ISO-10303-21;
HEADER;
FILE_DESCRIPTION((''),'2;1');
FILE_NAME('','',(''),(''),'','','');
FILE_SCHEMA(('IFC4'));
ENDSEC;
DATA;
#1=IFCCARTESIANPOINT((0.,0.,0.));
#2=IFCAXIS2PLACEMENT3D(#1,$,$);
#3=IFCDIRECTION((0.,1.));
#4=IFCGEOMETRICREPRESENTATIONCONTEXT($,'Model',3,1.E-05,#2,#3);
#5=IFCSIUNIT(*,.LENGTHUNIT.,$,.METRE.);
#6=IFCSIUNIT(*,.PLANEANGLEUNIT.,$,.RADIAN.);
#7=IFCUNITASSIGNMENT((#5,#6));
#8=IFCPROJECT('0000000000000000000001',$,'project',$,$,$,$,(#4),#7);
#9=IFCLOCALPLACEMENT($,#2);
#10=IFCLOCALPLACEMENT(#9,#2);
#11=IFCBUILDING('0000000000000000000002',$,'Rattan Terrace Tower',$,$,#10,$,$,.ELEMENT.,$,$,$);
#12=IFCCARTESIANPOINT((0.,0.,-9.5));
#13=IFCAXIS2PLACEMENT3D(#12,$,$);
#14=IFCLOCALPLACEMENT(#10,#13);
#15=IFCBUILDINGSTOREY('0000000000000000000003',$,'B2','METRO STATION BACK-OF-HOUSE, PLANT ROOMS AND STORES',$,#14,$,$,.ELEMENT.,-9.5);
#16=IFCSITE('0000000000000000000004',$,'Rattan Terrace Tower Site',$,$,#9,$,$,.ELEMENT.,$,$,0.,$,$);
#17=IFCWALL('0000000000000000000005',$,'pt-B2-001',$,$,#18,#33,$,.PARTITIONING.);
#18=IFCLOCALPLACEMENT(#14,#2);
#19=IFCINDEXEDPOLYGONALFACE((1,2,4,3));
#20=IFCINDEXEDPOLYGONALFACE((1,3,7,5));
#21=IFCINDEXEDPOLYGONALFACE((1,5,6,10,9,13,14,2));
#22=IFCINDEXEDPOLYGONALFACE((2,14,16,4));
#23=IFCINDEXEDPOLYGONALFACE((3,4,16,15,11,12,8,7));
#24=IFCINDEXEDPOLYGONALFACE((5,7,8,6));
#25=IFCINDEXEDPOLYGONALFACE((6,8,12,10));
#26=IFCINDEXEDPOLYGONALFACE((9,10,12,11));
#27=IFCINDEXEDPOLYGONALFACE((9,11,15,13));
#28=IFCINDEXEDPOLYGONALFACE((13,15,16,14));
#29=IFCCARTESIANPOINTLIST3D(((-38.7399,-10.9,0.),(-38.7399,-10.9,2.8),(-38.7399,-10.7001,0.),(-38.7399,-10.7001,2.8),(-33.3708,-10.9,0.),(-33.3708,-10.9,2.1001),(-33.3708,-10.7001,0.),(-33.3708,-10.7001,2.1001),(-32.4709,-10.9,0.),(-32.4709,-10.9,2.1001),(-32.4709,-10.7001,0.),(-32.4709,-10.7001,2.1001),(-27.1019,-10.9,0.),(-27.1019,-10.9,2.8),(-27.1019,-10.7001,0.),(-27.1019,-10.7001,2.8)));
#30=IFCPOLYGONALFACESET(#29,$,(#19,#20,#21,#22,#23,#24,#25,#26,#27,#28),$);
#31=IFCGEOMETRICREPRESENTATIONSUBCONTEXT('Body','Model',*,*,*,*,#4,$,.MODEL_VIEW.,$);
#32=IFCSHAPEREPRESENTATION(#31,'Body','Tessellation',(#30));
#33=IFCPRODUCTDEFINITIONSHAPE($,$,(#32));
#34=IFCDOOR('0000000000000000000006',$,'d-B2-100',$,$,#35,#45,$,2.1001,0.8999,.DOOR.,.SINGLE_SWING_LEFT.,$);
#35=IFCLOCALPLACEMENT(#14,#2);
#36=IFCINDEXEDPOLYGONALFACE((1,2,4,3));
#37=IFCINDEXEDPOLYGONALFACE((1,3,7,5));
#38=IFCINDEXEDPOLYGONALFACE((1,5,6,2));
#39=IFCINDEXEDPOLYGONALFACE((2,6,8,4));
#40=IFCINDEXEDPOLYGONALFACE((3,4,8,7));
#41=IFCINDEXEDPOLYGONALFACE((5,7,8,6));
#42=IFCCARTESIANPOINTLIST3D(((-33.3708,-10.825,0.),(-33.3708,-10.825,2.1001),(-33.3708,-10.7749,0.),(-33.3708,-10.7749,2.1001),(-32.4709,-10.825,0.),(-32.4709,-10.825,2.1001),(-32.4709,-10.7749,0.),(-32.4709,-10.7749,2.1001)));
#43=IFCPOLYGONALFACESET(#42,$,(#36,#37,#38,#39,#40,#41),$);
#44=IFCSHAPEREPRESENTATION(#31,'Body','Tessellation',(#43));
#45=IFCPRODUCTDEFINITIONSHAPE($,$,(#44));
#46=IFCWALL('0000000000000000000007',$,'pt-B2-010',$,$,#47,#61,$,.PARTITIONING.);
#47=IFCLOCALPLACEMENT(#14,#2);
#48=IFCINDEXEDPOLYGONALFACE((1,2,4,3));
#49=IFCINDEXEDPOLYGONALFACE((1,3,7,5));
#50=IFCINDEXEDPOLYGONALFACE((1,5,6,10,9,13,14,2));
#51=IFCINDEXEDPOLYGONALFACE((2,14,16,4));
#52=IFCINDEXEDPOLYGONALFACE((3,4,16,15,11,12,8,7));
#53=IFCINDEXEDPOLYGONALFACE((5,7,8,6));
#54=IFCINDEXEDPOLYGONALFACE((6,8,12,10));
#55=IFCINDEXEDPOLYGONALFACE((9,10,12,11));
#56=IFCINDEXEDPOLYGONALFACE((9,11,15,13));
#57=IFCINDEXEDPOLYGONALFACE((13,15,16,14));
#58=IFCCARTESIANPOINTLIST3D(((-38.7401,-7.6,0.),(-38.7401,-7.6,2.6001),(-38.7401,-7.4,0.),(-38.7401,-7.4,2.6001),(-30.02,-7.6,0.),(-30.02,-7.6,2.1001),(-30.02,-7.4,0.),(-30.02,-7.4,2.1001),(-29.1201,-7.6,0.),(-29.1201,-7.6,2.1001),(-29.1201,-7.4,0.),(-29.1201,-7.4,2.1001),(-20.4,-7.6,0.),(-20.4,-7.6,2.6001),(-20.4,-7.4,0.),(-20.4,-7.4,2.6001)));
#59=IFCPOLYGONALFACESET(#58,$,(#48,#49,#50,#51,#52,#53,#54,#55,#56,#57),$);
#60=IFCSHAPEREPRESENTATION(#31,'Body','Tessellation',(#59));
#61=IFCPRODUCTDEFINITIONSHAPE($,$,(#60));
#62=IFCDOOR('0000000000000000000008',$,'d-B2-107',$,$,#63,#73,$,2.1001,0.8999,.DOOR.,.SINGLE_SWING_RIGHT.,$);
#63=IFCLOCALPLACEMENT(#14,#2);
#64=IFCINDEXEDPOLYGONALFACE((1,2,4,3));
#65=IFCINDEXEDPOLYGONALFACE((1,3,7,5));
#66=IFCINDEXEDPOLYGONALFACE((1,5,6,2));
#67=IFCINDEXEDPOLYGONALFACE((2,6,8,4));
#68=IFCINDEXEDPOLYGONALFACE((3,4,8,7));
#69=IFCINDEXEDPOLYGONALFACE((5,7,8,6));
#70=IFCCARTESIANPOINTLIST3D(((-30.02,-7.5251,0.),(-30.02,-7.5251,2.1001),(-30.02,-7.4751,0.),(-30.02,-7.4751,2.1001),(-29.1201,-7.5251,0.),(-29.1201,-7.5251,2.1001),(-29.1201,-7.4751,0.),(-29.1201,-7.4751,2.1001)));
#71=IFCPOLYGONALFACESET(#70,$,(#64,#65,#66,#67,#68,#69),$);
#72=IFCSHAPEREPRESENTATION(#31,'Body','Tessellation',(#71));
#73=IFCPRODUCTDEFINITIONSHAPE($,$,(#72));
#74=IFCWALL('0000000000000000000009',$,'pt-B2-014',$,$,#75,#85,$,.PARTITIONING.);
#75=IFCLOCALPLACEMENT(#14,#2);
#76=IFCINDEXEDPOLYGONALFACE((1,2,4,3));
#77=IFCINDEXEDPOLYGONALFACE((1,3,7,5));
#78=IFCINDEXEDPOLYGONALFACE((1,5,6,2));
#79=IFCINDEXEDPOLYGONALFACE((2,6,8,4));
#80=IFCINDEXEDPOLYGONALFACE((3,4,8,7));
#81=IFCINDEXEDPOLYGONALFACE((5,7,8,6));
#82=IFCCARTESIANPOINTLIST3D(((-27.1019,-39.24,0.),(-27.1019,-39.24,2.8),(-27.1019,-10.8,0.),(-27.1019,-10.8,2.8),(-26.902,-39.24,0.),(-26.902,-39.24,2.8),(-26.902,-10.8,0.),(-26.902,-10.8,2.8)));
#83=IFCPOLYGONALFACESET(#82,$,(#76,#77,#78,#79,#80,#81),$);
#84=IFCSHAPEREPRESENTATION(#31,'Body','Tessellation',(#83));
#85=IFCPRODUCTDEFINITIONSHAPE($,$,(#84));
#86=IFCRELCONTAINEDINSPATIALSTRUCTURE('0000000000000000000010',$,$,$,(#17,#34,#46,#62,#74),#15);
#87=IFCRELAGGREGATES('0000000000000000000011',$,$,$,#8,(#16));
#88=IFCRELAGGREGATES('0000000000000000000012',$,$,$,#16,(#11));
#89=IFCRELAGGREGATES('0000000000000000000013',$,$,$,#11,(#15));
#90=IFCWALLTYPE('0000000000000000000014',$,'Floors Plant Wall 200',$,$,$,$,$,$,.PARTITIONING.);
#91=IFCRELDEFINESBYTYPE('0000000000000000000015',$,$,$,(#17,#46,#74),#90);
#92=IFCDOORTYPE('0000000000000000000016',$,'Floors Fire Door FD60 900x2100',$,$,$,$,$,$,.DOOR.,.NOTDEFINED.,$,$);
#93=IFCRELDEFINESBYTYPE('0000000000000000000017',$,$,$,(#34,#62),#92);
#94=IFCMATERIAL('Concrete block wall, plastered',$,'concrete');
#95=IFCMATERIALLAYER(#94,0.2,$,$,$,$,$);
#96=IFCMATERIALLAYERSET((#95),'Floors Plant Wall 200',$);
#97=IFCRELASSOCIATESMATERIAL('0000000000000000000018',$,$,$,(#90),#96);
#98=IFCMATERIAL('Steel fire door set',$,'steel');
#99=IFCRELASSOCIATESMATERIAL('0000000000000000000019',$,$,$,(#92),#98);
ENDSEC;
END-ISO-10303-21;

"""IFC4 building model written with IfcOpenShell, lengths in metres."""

from ifc_helpers import new_model, si_unit, direction, frame, frame_2d, origin, place, context, subcontext, project, spatial, rectangle, extrude, material, layer, layer_set, type_object, element, fill, save


model = new_model("IFC4")

# Units and contexts
model_context = context("Model", 3, precision=1e-05, world=origin(), true_north=direction((0.0, 1.0)))
body_context = subcontext(model_context, "Body", "Model", "MODEL_VIEW")
ifc_project = project(units=[si_unit("LENGTHUNIT", "METRE"), si_unit("PLANEANGLEUNIT", "RADIAN")], contexts=[model_context])

# Site, building, storey
site_placement = place(None, origin())
site = spatial("IfcSite", under=ifc_project, at=site_placement, Name="Rattan Terrace Tower Site", CompositionType="ELEMENT", RefElevation=0.0)
building_placement = place(site_placement, origin())
building = spatial("IfcBuilding", under=site, at=building_placement, Name="Rattan Terrace Tower", CompositionType="ELEMENT")
storey_placement = place(building_placement, frame((0.0, 0.0, -9.5)))
storey = spatial("IfcBuildingStorey", under=building, at=storey_placement, Name="B2", Description="METRO STATION BACK-OF-HOUSE, PLANT ROOMS AND STORES", CompositionType="ELEMENT", Elevation=-9.5)

# Walls, openings, doors
ifc_material_1 = material(Name="Concrete block wall, plastered", Category="concrete")
ifc_layer = layer(ifc_material_1, 0.2)
ifc_layer_set = layer_set([ifc_layer], Name="Floors Plant Wall 200")
wall_type = type_object("IfcWallType", Name="Floors Plant Wall 200", PredefinedType="PARTITIONING", material=ifc_layer_set)
wall_1_placement = place(storey_placement, frame((-27.1021, -10.8, 0.0), z_axis=(0.0, 0.0, 1.0), x_axis=(-1.0, 0.0, 0.0)))
wall_1 = element("IfcWall", 1, at=wall_1_placement, inside=storey, type_object=wall_type, Name="pt-B2-001", PredefinedType="PARTITIONING", context=body_context, shape_type="SweptSolid", body=[
    extrude(rectangle(XDim=11.6379, YDim=0.2, at=frame_2d((5.8188, 0.0))), origin(), (0.0, 0.0, 1.0), 2.8),
])
opening_1_placement = place(wall_1_placement, frame((5.3689, 0.0, 0.0)))
opening_1 = element("IfcOpeningElement", 2, at=opening_1_placement, cuts=wall_1, PredefinedType="OPENING", context=body_context, shape_type="SweptSolid", body=[
    extrude(rectangle(XDim=0.8999, YDim=2.1001, at=frame_2d((0.45, 1.05))), frame((0.0, 0.1106, 0.0), z_axis=(0.0, -1.0, 0.0), x_axis=(1.0, 0.0, 0.0)), (0.0, 0.0, 1.0), 0.2209),
])
ifc_material_2 = material(Name="Steel fire door set", Category="steel")
door_type = type_object("IfcDoorType", Name="Floors Fire Door FD60 900x2100", OperationType="NOTDEFINED", PredefinedType="DOOR", material=ifc_material_2)
door_1_placement = place(opening_1_placement, origin())
door_1 = element("IfcDoor", 3, at=door_1_placement, inside=storey, type_object=door_type, Name="d-B2-100", OperationType="SINGLE_SWING_LEFT", OverallHeight=2.1001, OverallWidth=0.8999, PredefinedType="DOOR", context=body_context, shape_type="SweptSolid", body=[
    extrude(rectangle(XDim=0.8999, YDim=2.1001, at=frame_2d((0.45, 1.05))), frame((0.0, 0.0249, 0.0), z_axis=(0.0, -1.0, 0.0), x_axis=(1.0, 0.0, 0.0)), (0.0, 0.0, 1.0), 0.05),
])
fill(opening_1, door_1)
wall_2_placement = place(storey_placement, frame((-38.74, -7.5, 0.0), z_axis=(0.0, 0.0, 1.0), x_axis=(1.0, 0.0, 0.0)))
wall_2 = element("IfcWall", 4, at=wall_2_placement, inside=storey, type_object=wall_type, Name="pt-B2-010", PredefinedType="PARTITIONING", context=body_context, shape_type="SweptSolid", body=[
    extrude(rectangle(XDim=18.3401, YDim=0.2, at=frame_2d((9.1699, 0.0))), origin(), (0.0, 0.0, 1.0), 2.6001),
])
opening_2_placement = place(wall_2_placement, frame((8.72, 0.0, 0.0)))
opening_2 = element("IfcOpeningElement", 5, at=opening_2_placement, cuts=wall_2, PredefinedType="OPENING", context=body_context, shape_type="SweptSolid", body=[
    extrude(rectangle(XDim=0.8999, YDim=2.1001, at=frame_2d((0.45, 1.05))), frame((0.0, 0.1106, 0.0), z_axis=(0.0, -1.0, 0.0), x_axis=(1.0, 0.0, 0.0)), (0.0, 0.0, 1.0), 0.2209),
])
door_2_placement = place(opening_2_placement, origin())
door_2 = element("IfcDoor", 6, at=door_2_placement, inside=storey, type_object=door_type, Name="d-B2-107", OperationType="SINGLE_SWING_RIGHT", OverallHeight=2.1001, OverallWidth=0.8999, PredefinedType="DOOR", context=body_context, shape_type="SweptSolid", body=[
    extrude(rectangle(XDim=0.8999, YDim=2.1001, at=frame_2d((0.45, 1.05))), frame((0.0, 0.0249, 0.0), z_axis=(0.0, -1.0, 0.0), x_axis=(1.0, 0.0, 0.0)), (0.0, 0.0, 1.0), 0.05),
])
fill(opening_2, door_2)

# Wall
wall_3_placement = place(storey_placement, frame((-27.002, -10.8, 0.0), z_axis=(0.0, 0.0, 1.0), x_axis=(0.0, -1.0, 0.0)))
element("IfcWall", 7, at=wall_3_placement, inside=storey, type_object=wall_type, Name="pt-B2-014", PredefinedType="PARTITIONING", context=body_context, shape_type="SweptSolid", body=[
    extrude(rectangle(XDim=28.4399, YDim=0.2, at=frame_2d((14.22, 0.0))), origin(), (0.0, 0.0, 1.0), 2.8),
])

save(model, "model.ifc")
